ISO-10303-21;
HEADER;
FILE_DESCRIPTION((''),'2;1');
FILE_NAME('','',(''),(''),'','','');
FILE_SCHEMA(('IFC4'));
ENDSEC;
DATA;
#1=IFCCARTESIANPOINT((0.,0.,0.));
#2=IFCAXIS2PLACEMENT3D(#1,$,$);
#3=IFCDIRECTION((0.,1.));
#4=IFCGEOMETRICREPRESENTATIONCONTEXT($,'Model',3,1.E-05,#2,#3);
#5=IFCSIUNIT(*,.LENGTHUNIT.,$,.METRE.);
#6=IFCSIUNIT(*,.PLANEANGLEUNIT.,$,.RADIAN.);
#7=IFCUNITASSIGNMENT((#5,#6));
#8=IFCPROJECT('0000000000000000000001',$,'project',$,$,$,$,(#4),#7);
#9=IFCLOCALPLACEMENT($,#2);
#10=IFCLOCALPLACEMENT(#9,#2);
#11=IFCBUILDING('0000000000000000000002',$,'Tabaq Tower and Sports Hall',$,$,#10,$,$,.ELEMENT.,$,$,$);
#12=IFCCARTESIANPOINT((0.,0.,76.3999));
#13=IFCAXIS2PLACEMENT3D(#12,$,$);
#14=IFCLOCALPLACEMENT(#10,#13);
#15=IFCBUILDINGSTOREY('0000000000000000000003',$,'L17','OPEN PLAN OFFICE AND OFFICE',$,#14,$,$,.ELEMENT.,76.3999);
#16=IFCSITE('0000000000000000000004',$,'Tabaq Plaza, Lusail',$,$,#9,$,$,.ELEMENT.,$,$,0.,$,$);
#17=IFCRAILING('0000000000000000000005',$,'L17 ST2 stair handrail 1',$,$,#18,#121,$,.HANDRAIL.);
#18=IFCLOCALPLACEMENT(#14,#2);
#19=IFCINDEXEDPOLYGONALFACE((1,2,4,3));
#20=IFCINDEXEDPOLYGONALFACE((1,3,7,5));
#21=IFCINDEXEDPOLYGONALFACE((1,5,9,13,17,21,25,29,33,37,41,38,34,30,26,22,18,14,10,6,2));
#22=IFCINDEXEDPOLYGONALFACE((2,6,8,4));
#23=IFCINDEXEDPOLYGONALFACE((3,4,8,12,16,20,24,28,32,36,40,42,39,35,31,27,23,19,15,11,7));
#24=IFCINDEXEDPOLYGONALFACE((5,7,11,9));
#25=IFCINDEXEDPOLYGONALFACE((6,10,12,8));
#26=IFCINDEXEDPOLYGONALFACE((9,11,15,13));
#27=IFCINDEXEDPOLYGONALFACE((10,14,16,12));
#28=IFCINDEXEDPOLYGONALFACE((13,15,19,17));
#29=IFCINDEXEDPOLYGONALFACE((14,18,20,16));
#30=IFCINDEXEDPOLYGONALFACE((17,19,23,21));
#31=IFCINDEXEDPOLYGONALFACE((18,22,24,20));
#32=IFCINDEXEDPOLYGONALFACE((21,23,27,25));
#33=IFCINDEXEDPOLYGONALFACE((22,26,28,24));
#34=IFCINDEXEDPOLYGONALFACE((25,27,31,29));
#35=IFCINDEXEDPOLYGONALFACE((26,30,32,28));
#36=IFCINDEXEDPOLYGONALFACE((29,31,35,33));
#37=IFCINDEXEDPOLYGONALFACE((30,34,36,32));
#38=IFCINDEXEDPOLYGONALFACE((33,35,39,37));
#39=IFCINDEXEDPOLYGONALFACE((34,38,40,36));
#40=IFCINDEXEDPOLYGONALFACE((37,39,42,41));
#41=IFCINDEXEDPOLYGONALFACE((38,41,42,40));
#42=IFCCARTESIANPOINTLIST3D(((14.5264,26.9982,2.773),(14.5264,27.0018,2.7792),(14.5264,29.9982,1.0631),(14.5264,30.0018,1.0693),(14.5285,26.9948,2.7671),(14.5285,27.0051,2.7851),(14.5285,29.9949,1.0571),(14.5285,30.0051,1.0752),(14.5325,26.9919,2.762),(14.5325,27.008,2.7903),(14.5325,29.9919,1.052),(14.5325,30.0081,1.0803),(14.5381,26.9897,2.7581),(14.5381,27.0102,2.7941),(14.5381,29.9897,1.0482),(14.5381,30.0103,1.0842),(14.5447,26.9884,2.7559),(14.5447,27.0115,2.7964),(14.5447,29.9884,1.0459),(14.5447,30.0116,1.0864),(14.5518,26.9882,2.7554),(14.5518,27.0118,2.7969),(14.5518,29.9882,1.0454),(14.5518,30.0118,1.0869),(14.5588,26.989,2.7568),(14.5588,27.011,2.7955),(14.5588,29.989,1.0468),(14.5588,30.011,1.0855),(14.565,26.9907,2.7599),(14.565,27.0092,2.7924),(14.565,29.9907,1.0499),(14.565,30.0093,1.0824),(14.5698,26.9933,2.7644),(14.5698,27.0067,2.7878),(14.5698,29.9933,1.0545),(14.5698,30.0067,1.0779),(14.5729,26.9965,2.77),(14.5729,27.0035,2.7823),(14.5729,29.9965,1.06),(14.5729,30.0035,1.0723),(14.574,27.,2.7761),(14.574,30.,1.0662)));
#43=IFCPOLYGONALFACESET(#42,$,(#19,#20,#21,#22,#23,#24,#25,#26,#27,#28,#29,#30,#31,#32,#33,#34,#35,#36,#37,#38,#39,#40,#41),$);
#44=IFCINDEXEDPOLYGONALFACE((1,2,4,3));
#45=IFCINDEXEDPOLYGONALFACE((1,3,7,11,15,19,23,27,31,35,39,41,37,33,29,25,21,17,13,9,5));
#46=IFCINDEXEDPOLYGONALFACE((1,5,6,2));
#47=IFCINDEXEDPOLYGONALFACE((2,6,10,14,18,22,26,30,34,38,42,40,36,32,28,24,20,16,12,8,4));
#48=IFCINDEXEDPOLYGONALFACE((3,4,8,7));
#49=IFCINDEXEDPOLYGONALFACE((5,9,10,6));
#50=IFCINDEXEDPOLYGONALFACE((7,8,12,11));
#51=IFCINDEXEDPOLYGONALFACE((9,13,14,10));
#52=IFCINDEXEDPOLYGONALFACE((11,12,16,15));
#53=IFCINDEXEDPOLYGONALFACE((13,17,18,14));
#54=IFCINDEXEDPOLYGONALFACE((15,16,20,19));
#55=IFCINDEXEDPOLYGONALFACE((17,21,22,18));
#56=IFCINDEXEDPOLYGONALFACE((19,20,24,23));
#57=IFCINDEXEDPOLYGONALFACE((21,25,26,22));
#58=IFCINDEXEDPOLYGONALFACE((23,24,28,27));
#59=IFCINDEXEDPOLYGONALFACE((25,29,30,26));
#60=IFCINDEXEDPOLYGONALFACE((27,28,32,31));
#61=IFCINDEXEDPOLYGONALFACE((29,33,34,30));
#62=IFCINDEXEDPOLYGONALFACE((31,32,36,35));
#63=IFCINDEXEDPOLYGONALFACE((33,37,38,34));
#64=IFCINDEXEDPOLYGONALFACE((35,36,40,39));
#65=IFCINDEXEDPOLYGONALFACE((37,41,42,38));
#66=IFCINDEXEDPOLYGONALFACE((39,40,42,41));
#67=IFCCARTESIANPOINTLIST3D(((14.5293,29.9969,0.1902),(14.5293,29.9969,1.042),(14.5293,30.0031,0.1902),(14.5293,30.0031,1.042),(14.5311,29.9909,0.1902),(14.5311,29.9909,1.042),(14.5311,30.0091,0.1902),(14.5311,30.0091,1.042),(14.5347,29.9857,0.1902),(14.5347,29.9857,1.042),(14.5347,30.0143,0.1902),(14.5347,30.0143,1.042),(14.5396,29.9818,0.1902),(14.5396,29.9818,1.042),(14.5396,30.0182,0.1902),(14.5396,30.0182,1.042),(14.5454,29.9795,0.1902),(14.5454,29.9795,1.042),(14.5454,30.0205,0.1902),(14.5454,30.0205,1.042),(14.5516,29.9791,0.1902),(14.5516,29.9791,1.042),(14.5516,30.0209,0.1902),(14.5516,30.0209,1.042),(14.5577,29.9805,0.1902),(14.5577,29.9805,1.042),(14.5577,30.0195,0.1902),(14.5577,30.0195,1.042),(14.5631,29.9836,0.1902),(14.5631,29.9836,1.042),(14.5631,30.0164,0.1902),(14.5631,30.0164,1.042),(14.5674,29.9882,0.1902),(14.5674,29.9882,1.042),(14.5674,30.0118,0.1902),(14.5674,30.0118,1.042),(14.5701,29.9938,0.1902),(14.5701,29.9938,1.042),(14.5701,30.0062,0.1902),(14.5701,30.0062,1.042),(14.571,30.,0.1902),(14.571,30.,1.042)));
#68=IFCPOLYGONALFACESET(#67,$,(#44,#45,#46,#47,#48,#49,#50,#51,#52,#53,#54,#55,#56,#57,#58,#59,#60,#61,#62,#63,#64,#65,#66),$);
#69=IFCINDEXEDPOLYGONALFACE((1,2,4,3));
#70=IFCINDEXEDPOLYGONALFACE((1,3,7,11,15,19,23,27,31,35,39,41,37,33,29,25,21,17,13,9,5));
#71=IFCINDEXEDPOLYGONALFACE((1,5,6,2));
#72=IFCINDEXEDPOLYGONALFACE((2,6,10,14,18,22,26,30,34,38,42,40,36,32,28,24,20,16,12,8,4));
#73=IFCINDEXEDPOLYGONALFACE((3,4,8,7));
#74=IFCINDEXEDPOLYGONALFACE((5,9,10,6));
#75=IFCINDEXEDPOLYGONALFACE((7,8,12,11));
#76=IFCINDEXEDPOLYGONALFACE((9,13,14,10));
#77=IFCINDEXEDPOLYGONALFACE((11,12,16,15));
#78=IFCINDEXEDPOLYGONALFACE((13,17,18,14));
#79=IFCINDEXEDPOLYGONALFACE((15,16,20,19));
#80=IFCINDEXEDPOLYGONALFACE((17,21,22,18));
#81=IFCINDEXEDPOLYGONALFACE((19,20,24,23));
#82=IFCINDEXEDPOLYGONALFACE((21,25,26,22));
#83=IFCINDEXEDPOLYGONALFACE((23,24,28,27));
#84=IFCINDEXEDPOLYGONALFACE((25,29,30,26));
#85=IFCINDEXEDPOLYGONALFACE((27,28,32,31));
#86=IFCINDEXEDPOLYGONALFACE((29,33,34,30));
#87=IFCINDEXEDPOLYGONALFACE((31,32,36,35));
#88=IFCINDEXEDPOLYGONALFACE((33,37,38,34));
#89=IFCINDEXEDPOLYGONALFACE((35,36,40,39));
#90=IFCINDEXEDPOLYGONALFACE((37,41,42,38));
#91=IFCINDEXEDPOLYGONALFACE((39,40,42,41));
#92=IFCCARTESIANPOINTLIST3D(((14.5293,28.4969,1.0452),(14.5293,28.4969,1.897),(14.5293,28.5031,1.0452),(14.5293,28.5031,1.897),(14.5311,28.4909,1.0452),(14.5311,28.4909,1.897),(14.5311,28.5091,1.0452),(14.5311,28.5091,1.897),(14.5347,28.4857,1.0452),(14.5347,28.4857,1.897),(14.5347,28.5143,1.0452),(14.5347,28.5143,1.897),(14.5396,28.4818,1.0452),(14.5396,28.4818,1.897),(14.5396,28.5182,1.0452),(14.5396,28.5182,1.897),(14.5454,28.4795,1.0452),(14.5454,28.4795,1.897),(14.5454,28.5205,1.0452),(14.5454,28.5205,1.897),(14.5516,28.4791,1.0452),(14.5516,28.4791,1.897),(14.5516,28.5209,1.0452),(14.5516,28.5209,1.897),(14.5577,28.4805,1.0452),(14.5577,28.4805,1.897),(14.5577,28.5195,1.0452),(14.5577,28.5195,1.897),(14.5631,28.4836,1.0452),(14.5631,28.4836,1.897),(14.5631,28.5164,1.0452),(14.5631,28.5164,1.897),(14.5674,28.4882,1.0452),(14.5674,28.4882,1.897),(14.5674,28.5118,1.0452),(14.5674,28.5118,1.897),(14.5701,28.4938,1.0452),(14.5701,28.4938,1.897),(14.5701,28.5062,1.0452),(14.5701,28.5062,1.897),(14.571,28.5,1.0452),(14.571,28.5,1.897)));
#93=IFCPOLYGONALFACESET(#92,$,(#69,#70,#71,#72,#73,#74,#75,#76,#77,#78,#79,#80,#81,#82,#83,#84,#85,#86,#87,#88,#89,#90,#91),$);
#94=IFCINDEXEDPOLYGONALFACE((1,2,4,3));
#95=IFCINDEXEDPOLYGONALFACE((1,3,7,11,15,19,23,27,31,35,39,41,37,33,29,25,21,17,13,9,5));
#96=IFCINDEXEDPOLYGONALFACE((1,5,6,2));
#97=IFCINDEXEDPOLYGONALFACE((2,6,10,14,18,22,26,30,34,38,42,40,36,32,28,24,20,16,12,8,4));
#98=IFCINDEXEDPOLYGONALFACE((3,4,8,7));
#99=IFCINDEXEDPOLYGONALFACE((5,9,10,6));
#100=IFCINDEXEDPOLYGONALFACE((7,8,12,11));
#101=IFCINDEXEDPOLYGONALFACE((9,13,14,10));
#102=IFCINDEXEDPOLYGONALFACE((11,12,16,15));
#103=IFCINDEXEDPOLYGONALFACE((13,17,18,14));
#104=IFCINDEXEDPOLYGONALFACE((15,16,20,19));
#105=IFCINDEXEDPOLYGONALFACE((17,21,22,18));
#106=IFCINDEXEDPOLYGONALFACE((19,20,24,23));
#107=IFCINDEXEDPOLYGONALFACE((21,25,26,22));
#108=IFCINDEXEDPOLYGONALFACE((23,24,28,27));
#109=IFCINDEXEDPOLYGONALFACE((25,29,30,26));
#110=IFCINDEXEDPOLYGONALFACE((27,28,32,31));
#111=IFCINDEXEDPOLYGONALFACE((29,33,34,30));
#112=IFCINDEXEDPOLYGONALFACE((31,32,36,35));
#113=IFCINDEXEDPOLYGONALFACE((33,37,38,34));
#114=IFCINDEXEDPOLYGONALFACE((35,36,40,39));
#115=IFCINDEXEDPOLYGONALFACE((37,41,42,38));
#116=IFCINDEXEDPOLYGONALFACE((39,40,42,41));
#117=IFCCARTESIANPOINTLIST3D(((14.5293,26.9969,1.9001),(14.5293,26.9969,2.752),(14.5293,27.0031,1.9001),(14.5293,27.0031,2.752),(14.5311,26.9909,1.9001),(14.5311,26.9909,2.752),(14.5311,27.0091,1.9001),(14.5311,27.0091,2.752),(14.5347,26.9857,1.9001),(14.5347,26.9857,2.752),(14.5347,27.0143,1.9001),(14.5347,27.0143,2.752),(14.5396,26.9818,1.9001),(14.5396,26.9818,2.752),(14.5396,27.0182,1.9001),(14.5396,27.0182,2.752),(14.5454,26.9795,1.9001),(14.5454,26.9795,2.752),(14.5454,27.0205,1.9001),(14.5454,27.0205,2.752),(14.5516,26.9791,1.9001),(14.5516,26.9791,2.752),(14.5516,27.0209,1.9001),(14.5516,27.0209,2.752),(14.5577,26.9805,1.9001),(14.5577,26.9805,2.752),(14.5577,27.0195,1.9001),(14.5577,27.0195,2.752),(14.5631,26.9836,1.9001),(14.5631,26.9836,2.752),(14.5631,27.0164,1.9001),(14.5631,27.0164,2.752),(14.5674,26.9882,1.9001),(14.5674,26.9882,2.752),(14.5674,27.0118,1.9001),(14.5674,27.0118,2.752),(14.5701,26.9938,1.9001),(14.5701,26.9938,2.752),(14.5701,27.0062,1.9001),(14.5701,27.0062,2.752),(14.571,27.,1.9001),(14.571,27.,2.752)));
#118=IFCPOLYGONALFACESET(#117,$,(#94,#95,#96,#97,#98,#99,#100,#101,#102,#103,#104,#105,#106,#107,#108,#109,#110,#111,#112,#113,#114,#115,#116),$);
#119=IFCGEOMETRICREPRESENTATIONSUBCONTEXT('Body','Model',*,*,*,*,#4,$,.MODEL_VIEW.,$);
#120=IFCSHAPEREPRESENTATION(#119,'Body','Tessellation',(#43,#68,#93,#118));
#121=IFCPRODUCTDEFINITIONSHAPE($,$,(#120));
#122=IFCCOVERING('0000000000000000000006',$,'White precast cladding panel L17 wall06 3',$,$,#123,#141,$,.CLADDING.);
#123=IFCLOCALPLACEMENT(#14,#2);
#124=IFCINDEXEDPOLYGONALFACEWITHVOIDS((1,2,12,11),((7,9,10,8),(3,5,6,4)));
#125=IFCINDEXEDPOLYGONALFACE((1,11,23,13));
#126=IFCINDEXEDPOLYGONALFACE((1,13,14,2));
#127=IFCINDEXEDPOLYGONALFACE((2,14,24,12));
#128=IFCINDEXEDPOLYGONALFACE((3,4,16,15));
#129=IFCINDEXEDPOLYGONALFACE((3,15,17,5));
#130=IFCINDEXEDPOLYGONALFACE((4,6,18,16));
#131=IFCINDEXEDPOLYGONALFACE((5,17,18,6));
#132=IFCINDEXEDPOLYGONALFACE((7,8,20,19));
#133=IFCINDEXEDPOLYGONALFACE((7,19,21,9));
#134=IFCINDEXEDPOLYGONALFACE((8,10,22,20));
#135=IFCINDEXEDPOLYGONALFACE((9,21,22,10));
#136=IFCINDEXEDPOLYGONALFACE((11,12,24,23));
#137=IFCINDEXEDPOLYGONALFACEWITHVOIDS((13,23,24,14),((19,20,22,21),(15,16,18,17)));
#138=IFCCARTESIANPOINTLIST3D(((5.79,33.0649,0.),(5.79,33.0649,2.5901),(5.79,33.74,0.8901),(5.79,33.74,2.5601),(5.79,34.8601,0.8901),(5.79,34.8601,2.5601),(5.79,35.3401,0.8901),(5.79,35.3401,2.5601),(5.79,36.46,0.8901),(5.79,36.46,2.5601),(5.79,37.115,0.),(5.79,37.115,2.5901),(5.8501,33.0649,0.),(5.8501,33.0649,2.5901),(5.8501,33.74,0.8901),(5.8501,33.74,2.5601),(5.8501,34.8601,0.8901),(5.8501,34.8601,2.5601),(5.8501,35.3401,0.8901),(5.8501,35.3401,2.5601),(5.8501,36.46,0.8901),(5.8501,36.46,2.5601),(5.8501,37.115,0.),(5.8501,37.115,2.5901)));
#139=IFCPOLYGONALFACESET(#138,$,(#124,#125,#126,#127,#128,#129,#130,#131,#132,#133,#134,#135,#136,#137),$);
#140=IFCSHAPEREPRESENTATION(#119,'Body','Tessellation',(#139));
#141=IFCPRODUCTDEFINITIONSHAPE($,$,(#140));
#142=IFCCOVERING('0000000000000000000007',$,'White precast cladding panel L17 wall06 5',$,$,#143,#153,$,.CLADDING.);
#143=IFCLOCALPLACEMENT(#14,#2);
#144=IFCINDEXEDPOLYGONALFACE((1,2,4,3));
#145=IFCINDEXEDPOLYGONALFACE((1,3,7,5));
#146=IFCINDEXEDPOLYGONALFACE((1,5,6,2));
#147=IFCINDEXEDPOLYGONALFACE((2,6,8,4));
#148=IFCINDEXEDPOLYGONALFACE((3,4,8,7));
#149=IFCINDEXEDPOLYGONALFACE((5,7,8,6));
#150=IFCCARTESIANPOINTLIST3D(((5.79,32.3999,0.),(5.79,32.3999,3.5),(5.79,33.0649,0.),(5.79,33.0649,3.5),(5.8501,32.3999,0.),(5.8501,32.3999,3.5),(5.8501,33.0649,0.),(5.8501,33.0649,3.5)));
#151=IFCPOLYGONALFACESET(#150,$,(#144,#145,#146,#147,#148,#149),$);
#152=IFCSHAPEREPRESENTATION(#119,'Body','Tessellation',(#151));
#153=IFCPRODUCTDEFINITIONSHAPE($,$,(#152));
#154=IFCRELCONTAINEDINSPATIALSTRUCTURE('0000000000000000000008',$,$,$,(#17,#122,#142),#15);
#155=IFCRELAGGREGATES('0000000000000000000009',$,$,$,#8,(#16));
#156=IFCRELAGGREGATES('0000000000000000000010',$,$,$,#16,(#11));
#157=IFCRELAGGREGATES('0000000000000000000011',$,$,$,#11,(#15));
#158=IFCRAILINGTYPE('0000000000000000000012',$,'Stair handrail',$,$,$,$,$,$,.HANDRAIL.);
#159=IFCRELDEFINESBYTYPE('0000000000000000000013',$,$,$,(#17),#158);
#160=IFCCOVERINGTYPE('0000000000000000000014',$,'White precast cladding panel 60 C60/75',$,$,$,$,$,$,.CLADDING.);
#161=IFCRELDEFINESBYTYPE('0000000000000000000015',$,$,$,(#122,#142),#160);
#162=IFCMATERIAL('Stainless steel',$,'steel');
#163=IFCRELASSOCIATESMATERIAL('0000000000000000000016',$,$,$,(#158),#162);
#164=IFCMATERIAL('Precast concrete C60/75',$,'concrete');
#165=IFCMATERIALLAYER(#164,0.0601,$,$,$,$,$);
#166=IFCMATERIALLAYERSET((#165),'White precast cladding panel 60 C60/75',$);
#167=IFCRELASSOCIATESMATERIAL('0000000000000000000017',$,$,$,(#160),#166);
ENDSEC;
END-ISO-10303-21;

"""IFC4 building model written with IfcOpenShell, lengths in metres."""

from ifc_helpers import new_model, si_unit, direction, frame, frame_2d, origin, origin_2d, place, context, subcontext, project, spatial, polyline, rectangle, circle, outline, extrude, material, layer, layer_set, type_object, element, save


model = new_model("IFC4")

# Units and contexts
model_context = context("Model", 3, precision=1e-05, world=origin(), true_north=direction((0.0, 1.0)))
body_context = subcontext(model_context, "Body", "Model", "MODEL_VIEW")
ifc_project = project(units=[si_unit("LENGTHUNIT", "METRE"), si_unit("PLANEANGLEUNIT", "RADIAN")], contexts=[model_context])

# Site, building, storey
site_placement = place(None, origin())
site = spatial("IfcSite", under=ifc_project, at=site_placement, Name="Tabaq Plaza, Lusail", CompositionType="ELEMENT", RefElevation=0.0)
building_placement = place(site_placement, origin())
building = spatial("IfcBuilding", under=site, at=building_placement, Name="Tabaq Tower and Sports Hall", CompositionType="ELEMENT")
storey_placement = place(building_placement, frame((0.0, 0.0, 76.3999)))
storey = spatial("IfcBuildingStorey", under=building, at=storey_placement, Name="L17", Description="OPEN PLAN OFFICE AND OFFICE", CompositionType="ELEMENT", Elevation=76.3999)

# Railing
ifc_material_1 = material(Name="Stainless steel", Category="steel")
railing_type_1 = type_object("IfcRailingType", Name="Stair handrail", PredefinedType="HANDRAIL", material=ifc_material_1)
for number, where, name in (
    (1, (14.55, 30.0, 0.1902), "L17 ST2 stair handrail 1"),
):
    element("IfcRailing", number, at=place(storey_placement, frame(where)), inside=storey, type_object=railing_type_1, Name=name, PredefinedType="HANDRAIL", context=body_context, shape_type="SweptSolid", body=[
        extrude(circle(Radius=0.0239, at=origin_2d()), frame((0.0, 0.0, 0.876), z_axis=(0.0, -0.868782, 0.495195), x_axis=(1.0, 0.0, 0.0)), (0.0, 0.0, 1.0), 3.4531),
        extrude(circle(Radius=0.021, at=origin_2d()), origin(), (0.0, 0.0, 1.0), 0.8518),
        extrude(circle(Radius=0.021, at=origin_2d()), frame((0.0, -1.5, 0.855)), (0.0, 0.0, 1.0), 0.8518),
        extrude(circle(Radius=0.021, at=origin_2d()), frame((0.0, -3.0, 1.71)), (0.0, 0.0, 1.0), 0.8518),
    ])

# Coverings
ifc_material_2 = material(Name="Precast concrete C60/75", Category="concrete")
ifc_layer_1 = layer(ifc_material_2, 0.0601)
ifc_layer_set_1 = layer_set([ifc_layer_1], Name="White precast cladding panel 60 C60/75")
covering_type = type_object("IfcCoveringType", Name="White precast cladding panel 60 C60/75", PredefinedType="CLADDING", material=ifc_layer_set_1)
covering_1_placement = place(storey_placement, frame((5.8201, 37.115, 0.0), z_axis=(0.0, 0.0, 1.0), x_axis=(0.0, -1.0, 0.0)))
element("IfcCovering", 2, at=covering_1_placement, inside=storey, type_object=covering_type, Name="White precast cladding panel L17 wall06 3", PredefinedType="CLADDING", context=body_context, shape_type="SweptSolid", body=[
    extrude(outline(polyline([(0.0, 0.0), (4.05, 0.0), (4.05, 2.5901), (0.0, 2.5901), (0.0, 0.0)]), holes=[polyline([(0.655, 0.8901), (0.655, 2.5601), (1.7749, 2.5601), (1.7749, 0.8901), (0.655, 0.8901)]), polyline([(2.2549, 0.8901), (2.2549, 2.5601), (3.375, 2.5601), (3.375, 0.8901), (2.2549, 0.8901)])]), frame((0.0, 0.03, 0.0), z_axis=(0.0, -1.0, 0.0), x_axis=(1.0, 0.0, 0.0)), (0.0, 0.0, 1.0), 0.0601),
])
covering_2_placement = place(storey_placement, frame((5.8201, 33.0649, 0.0), z_axis=(0.0, 0.0, 1.0), x_axis=(0.0, -1.0, 0.0)))
element("IfcCovering", 3, at=covering_2_placement, inside=storey, type_object=covering_type, Name="White precast cladding panel L17 wall06 5", PredefinedType="CLADDING", context=body_context, shape_type="SweptSolid", body=[
    extrude(rectangle(XDim=0.665, YDim=0.0601, at=frame_2d((0.3325, 0.0))), origin(), (0.0, 0.0, 1.0), 3.5),
])

save(model, "model.ifc")
